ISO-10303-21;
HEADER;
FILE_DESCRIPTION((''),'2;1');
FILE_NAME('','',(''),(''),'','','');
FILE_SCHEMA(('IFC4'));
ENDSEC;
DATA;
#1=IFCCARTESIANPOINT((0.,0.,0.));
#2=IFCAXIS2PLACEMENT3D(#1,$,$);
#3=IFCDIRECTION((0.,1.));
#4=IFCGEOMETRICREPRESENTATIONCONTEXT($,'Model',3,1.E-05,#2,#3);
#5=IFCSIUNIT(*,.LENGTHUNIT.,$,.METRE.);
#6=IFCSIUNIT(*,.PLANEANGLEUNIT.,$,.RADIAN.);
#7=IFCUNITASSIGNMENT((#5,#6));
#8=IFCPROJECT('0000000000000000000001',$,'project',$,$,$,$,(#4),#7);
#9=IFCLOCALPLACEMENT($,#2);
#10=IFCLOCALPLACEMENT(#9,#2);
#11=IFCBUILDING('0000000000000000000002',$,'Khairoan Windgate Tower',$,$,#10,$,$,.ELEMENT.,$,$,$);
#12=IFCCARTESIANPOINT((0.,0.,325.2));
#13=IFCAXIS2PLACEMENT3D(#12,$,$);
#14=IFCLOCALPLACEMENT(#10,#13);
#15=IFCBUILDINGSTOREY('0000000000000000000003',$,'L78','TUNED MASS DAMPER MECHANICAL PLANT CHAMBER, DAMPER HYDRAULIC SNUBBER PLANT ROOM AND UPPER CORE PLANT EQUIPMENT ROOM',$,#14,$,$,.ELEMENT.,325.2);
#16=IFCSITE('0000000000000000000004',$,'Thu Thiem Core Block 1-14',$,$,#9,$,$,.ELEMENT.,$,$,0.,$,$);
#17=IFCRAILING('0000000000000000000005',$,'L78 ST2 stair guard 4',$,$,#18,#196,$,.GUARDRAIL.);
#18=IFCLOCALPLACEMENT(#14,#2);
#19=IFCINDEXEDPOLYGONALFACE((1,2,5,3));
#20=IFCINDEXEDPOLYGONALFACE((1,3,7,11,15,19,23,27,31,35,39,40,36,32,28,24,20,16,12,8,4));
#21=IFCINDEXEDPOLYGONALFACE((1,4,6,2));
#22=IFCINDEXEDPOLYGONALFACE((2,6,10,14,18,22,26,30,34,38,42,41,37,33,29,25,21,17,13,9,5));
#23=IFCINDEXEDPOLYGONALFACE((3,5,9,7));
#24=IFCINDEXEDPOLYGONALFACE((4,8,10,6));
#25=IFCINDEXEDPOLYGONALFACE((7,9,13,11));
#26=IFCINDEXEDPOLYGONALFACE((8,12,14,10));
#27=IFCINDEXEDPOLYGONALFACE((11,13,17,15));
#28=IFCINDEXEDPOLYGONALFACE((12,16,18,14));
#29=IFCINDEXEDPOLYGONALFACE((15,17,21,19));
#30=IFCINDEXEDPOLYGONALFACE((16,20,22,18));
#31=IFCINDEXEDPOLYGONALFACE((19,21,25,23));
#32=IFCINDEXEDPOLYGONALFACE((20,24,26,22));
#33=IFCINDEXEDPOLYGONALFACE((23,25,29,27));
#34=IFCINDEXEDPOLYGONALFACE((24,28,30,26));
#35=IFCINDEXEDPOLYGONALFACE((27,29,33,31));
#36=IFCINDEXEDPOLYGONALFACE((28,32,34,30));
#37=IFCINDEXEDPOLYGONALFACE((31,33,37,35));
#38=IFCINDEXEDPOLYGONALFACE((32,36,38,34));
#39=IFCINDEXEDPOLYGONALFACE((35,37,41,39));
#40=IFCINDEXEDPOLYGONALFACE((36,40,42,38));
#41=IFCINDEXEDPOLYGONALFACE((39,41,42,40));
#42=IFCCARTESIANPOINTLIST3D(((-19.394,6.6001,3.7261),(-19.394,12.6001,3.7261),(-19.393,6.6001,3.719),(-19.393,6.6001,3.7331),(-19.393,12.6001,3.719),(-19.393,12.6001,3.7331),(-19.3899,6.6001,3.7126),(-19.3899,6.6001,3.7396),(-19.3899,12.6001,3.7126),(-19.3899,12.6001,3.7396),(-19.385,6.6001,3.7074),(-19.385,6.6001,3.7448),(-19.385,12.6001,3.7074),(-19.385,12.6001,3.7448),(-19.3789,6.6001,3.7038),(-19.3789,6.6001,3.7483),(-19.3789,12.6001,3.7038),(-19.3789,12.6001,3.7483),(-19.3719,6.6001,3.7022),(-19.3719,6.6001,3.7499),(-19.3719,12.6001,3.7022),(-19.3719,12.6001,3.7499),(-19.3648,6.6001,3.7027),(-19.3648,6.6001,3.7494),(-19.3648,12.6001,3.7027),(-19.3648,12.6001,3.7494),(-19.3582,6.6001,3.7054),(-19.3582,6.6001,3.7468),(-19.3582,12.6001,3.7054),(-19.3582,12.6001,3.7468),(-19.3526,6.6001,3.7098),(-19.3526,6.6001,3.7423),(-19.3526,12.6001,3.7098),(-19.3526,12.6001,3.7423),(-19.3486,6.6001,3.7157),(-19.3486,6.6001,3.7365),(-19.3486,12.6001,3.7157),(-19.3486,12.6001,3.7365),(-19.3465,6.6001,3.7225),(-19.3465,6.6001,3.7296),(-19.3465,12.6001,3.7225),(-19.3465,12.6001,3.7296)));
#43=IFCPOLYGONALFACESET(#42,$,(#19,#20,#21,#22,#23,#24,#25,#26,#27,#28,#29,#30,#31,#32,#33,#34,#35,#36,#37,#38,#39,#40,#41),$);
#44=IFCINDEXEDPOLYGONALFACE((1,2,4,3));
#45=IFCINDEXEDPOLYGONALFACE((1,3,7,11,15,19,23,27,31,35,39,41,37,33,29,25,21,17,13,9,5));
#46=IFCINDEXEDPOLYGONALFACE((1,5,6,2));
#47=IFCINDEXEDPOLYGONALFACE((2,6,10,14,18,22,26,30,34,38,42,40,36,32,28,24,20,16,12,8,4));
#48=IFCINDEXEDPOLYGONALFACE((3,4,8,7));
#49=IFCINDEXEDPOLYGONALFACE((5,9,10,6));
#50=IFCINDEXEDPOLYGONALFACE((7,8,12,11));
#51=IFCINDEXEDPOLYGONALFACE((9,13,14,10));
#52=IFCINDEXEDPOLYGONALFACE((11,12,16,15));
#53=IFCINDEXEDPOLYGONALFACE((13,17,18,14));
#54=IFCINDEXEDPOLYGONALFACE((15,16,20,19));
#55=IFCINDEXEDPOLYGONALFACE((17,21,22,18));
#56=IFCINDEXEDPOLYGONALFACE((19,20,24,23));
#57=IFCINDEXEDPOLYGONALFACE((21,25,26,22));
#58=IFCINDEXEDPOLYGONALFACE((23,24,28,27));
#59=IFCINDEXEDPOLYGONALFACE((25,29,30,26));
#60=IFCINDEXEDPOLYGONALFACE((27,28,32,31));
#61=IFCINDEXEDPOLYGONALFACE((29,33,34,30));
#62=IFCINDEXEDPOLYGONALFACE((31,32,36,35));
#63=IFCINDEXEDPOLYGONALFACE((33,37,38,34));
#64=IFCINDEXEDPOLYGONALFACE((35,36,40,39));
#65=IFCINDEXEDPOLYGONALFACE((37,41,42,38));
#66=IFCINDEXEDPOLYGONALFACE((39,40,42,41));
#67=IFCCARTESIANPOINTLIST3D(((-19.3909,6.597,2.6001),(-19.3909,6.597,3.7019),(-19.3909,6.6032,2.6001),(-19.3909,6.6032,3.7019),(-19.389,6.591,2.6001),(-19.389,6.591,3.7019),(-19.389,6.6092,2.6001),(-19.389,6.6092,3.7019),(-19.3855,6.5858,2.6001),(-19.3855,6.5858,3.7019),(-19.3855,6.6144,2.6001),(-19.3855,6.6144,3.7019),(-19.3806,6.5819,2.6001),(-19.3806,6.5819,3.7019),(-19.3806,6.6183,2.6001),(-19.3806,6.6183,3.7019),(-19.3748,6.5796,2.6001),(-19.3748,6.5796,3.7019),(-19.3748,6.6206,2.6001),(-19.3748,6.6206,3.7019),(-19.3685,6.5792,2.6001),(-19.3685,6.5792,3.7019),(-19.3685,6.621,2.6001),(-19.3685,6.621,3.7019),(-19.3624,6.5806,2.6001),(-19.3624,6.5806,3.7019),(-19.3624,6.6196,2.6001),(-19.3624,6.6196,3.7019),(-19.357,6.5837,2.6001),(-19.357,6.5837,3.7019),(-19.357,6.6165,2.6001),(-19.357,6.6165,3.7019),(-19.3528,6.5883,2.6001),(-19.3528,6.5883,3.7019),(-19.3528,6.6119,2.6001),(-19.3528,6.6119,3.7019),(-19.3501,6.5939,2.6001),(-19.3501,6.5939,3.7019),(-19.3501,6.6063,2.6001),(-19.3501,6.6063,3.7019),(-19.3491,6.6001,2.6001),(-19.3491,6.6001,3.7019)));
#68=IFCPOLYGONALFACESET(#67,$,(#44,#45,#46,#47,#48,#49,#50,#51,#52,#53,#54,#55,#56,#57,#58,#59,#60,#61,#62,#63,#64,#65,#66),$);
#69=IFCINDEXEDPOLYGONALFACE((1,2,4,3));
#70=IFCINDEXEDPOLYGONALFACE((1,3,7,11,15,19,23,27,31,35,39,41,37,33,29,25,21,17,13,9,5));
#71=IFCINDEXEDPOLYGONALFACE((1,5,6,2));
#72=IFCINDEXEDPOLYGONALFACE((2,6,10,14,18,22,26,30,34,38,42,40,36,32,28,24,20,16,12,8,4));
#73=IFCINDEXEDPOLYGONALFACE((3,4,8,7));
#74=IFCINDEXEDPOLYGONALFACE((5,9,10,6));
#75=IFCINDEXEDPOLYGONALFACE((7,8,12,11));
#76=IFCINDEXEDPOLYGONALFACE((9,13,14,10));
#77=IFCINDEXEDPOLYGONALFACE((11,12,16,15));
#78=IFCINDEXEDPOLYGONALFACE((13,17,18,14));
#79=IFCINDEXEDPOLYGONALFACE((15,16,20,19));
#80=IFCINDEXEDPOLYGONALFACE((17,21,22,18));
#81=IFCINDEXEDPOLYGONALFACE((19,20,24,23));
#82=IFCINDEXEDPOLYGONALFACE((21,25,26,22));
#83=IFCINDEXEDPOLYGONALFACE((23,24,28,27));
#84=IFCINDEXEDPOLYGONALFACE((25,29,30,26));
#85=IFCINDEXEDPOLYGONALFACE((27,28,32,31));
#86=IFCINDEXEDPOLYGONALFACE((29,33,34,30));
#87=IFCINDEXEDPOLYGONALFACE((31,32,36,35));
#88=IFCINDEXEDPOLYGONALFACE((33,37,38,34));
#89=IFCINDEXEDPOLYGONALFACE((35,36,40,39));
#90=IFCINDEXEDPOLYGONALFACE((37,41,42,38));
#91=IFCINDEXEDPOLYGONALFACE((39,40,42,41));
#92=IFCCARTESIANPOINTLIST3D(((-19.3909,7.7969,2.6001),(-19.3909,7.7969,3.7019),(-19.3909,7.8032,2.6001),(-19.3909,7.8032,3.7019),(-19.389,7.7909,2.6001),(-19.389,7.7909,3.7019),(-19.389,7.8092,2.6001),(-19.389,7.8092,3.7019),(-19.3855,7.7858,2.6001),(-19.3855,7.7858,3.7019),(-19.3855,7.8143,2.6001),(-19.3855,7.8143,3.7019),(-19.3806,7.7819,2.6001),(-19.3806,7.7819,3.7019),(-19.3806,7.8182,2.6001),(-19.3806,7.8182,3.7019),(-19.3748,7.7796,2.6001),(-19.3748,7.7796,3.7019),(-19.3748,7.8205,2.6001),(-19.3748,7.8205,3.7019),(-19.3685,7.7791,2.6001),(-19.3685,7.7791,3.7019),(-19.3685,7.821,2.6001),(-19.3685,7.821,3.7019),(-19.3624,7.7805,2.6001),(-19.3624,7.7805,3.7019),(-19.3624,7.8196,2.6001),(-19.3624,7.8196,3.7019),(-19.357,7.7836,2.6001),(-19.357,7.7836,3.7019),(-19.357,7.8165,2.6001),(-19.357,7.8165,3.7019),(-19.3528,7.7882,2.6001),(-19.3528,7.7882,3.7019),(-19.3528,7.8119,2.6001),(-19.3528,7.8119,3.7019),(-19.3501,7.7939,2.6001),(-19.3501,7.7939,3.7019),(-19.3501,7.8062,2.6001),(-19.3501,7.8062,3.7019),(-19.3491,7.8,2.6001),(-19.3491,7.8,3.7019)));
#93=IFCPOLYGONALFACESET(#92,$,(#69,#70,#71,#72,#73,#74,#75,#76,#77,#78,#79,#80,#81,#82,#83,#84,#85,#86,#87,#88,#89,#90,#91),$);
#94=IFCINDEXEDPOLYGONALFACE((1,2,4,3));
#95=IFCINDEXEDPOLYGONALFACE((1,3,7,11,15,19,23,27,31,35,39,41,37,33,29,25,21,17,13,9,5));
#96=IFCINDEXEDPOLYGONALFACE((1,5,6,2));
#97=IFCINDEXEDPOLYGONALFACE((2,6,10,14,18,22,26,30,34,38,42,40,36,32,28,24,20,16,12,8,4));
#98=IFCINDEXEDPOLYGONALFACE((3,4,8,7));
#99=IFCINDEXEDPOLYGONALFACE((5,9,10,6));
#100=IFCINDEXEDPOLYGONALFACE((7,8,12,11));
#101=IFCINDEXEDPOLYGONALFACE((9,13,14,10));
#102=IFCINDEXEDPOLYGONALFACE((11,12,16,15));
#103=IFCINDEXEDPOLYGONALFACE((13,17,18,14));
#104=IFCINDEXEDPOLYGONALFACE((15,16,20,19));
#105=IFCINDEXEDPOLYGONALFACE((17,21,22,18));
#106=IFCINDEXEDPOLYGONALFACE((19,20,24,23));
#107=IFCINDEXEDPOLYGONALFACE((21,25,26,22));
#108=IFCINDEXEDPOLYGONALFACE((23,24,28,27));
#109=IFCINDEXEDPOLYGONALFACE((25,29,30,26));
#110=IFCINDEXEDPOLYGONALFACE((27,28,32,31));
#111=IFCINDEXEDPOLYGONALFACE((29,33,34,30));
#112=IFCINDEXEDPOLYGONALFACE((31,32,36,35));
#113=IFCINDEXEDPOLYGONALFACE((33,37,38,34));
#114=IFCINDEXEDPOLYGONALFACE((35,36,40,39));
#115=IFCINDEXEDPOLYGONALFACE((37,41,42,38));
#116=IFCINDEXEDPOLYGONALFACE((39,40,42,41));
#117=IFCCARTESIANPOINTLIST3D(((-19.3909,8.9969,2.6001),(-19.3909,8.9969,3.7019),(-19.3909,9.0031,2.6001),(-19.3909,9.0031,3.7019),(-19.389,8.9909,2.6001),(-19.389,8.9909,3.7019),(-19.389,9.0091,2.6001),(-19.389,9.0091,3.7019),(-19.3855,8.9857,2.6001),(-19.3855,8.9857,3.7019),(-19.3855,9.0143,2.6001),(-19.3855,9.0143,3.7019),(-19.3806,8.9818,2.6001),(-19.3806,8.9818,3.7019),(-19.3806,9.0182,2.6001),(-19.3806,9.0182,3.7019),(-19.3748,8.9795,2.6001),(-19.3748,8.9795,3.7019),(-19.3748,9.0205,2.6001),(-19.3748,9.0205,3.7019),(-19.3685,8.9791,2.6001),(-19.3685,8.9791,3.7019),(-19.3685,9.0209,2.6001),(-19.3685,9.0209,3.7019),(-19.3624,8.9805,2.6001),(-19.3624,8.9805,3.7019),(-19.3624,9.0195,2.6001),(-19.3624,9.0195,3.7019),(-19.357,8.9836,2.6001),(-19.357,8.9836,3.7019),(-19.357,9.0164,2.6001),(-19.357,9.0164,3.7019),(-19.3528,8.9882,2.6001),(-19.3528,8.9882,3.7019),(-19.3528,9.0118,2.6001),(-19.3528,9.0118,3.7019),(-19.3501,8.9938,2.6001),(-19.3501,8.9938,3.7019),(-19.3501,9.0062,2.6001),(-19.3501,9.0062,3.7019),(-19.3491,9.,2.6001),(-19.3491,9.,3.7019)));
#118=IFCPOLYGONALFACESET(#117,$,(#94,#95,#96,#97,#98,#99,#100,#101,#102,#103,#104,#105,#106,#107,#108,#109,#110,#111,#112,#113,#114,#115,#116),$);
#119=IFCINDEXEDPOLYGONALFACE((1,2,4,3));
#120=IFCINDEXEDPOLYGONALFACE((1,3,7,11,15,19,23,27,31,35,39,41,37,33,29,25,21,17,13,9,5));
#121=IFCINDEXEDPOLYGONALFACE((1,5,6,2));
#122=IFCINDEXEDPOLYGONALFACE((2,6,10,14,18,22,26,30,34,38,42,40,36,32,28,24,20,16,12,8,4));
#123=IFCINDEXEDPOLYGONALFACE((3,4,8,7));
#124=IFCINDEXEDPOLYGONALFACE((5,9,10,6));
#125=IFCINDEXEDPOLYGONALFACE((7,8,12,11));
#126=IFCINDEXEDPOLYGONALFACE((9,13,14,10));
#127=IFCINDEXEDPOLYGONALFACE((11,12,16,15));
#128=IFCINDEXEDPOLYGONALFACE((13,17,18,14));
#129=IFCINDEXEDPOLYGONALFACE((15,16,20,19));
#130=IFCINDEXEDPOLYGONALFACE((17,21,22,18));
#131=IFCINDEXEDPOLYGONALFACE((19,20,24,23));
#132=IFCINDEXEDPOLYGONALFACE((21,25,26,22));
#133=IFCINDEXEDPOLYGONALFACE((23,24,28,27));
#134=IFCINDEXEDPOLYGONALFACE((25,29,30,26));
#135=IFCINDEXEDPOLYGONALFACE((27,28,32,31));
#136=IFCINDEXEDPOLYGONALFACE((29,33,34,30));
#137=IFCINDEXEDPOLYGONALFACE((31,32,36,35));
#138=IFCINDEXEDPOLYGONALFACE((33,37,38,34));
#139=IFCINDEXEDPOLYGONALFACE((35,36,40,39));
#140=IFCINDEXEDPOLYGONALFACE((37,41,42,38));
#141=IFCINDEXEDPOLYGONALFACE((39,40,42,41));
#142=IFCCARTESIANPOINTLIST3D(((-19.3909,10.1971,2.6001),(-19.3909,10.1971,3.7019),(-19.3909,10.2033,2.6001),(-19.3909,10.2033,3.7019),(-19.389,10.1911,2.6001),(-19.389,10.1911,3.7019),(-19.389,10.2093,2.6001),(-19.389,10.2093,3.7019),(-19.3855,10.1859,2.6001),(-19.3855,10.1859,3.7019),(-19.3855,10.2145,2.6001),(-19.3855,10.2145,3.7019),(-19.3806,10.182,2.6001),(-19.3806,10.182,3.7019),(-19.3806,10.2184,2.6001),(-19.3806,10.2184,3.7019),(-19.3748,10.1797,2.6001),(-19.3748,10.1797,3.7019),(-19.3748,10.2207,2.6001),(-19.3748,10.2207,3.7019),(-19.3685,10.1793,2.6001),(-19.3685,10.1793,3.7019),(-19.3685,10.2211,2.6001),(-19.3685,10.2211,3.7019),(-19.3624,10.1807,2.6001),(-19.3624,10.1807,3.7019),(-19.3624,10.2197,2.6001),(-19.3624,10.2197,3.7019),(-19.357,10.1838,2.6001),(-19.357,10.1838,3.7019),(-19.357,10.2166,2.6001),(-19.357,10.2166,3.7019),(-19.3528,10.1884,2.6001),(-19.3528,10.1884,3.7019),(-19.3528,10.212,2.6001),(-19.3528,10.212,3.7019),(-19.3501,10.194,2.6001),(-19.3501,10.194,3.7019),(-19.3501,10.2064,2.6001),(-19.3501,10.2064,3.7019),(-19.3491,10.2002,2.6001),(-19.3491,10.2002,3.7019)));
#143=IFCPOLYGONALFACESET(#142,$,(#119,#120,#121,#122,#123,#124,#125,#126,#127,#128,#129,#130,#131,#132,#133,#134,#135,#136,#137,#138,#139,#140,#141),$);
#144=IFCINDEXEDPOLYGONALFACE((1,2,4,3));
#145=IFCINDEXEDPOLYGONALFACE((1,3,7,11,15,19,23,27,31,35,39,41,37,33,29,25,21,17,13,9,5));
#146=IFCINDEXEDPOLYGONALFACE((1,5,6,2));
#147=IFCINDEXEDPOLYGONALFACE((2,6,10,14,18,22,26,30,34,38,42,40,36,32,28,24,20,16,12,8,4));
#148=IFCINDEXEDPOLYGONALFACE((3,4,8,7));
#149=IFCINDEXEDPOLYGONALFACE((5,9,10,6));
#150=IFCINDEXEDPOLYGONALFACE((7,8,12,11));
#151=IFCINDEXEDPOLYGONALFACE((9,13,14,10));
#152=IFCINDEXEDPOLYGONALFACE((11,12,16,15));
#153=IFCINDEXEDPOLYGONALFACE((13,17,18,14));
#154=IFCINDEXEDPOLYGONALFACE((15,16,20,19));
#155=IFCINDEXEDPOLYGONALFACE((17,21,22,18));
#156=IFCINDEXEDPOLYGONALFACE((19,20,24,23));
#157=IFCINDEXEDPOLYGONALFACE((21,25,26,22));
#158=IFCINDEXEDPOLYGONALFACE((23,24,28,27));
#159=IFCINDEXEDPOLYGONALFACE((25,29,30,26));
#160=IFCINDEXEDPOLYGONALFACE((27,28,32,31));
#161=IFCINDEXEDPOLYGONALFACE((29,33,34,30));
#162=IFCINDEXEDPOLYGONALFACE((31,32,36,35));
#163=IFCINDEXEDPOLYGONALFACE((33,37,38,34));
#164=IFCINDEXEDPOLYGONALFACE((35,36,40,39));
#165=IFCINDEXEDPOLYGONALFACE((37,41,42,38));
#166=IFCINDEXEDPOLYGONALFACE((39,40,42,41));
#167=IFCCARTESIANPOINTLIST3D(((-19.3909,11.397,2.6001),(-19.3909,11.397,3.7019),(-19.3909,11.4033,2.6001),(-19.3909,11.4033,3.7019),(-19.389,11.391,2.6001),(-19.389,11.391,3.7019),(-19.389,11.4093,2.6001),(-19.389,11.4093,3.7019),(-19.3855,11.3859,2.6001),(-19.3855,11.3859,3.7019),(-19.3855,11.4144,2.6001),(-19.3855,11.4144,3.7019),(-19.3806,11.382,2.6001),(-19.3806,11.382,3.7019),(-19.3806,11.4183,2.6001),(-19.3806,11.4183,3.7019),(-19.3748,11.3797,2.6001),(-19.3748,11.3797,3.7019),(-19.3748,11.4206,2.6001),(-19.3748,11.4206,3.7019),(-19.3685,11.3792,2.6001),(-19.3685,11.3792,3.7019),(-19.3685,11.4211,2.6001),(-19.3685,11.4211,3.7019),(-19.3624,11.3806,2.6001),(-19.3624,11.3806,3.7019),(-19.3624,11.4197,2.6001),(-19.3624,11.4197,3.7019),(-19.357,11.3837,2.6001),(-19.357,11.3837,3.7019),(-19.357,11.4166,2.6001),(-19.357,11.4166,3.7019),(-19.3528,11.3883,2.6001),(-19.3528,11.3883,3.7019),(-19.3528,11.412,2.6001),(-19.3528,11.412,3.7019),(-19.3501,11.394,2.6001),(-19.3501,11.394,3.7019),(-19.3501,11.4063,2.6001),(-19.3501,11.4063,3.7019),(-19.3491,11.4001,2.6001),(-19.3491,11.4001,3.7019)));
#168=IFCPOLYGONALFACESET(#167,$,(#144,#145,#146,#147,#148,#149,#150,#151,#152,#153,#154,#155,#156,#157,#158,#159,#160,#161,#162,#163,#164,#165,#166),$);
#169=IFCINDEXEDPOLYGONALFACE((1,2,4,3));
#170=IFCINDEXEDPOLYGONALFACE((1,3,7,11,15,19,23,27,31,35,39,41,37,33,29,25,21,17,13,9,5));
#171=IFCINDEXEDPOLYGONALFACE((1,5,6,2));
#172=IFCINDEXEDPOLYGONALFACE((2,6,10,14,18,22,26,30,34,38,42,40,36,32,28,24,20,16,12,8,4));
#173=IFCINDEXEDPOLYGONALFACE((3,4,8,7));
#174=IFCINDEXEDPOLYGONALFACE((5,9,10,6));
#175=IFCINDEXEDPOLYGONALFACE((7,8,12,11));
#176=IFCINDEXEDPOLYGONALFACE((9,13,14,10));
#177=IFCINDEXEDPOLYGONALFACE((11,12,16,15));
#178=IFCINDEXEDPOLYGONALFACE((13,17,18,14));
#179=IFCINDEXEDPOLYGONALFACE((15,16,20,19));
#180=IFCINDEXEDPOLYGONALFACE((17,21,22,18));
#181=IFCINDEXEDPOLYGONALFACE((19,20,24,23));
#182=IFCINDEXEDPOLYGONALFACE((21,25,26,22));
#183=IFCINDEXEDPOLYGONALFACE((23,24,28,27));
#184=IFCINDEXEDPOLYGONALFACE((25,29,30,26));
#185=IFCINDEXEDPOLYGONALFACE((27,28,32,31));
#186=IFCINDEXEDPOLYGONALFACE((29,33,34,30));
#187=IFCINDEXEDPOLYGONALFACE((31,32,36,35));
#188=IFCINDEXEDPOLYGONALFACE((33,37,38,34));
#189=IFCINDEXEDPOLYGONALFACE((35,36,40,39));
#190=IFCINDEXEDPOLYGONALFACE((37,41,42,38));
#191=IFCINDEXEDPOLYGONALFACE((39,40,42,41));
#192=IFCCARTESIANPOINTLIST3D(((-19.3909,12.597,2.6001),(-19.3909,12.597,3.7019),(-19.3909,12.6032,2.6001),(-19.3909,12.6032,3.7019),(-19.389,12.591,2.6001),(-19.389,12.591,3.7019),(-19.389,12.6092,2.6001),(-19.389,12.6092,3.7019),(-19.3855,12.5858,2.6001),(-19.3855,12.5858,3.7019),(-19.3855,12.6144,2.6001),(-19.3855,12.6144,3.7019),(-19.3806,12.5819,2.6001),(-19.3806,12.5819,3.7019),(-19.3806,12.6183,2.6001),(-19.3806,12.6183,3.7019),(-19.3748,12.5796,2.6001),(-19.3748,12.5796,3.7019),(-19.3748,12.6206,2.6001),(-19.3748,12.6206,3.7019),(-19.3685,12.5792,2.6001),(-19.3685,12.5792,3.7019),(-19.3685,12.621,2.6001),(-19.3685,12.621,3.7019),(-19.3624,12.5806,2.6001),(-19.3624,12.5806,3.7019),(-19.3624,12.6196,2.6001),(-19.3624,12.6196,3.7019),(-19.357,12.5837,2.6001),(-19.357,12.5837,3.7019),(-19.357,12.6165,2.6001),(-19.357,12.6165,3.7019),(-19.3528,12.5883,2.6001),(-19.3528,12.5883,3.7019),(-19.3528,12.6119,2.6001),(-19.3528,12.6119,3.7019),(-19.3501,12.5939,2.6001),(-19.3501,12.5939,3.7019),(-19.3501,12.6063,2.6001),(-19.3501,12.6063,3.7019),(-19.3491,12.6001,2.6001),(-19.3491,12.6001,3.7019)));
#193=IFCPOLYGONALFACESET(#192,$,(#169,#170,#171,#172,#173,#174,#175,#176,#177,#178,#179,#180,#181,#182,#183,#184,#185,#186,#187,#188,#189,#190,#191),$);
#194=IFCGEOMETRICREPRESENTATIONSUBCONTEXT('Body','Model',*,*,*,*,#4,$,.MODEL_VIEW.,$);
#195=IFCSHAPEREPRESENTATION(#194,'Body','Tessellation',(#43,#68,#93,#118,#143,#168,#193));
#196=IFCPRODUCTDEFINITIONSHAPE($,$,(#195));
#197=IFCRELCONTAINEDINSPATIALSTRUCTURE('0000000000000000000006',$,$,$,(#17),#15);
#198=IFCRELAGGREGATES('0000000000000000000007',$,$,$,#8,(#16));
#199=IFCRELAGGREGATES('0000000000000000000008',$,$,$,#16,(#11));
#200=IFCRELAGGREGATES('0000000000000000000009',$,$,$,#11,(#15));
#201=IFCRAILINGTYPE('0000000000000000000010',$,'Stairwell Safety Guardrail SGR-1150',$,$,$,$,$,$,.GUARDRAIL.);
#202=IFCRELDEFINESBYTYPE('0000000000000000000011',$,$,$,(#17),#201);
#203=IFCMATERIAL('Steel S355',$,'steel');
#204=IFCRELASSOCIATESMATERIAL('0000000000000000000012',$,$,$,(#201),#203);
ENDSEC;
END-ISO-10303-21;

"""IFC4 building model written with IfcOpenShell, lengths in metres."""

from ifc_helpers import new_model, si_unit, direction, frame, origin, origin_2d, place, context, subcontext, project, spatial, circle, extrude, material, type_object, element, save


model = new_model("IFC4")

# Units and contexts
model_context = context("Model", 3, precision=1e-05, world=origin(), true_north=direction((0.0, 1.0)))
body_context = subcontext(model_context, "Body", "Model", "MODEL_VIEW")
ifc_project = project(units=[si_unit("LENGTHUNIT", "METRE"), si_unit("PLANEANGLEUNIT", "RADIAN")], contexts=[model_context])

# Site, building, storey
site_placement = place(None, origin())
site = spatial("IfcSite", under=ifc_project, at=site_placement, Name="Thu Thiem Core Block 1-14", CompositionType="ELEMENT", RefElevation=0.0)
building_placement = place(site_placement, origin())
building = spatial("IfcBuilding", under=site, at=building_placement, Name="Khairoan Windgate Tower", CompositionType="ELEMENT")
storey_placement = place(building_placement, frame((0.0, 0.0, 325.2)))
storey = spatial("IfcBuildingStorey", under=building, at=storey_placement, Name="L78", Description="TUNED MASS DAMPER MECHANICAL PLANT CHAMBER, DAMPER HYDRAULIC SNUBBER PLANT ROOM AND UPPER CORE PLANT EQUIPMENT ROOM", CompositionType="ELEMENT", Elevation=325.2)

# Railing
ifc_material_1 = material(Name="Steel S355", Category="steel")
railing_type_1 = type_object("IfcRailingType", Name="Stairwell Safety Guardrail SGR-1150", PredefinedType="GUARDRAIL", material=ifc_material_1)
for number, where, name in (
    (1, (-19.3701, 6.6001, 2.6001), "L78 ST2 stair guard 4"),
):
    element("IfcRailing", number, at=place(storey_placement, frame(where)), inside=storey, type_object=railing_type_1, Name=name, PredefinedType="GUARDRAIL", context=body_context, shape_type="SweptSolid", body=[
        extrude(circle(Radius=0.0239, at=origin_2d()), frame((0.0, 0.0, 1.126), z_axis=(0.0, 1.0, 0.0), x_axis=(-1.0, 0.0, 0.0)), (0.0, 0.0, 1.0), 6.0),
        extrude(circle(Radius=0.021, at=origin_2d()), origin(), (0.0, 0.0, 1.0), 1.1018),
        extrude(circle(Radius=0.021, at=origin_2d()), frame((0.0, 1.2, 0.0)), (0.0, 0.0, 1.0), 1.1018),
        extrude(circle(Radius=0.021, at=origin_2d()), frame((0.0, 2.3999, 0.0)), (0.0, 0.0, 1.0), 1.1018),
        extrude(circle(Radius=0.021, at=origin_2d()), frame((0.0, 3.6001, 0.0)), (0.0, 0.0, 1.0), 1.1018),
        extrude(circle(Radius=0.021, at=origin_2d()), frame((0.0, 4.8, 0.0)), (0.0, 0.0, 1.0), 1.1018),
        extrude(circle(Radius=0.021, at=origin_2d()), frame((0.0, 6.0, 0.0)), (0.0, 0.0, 1.0), 1.1018),
    ])

save(model, "model.ifc")
